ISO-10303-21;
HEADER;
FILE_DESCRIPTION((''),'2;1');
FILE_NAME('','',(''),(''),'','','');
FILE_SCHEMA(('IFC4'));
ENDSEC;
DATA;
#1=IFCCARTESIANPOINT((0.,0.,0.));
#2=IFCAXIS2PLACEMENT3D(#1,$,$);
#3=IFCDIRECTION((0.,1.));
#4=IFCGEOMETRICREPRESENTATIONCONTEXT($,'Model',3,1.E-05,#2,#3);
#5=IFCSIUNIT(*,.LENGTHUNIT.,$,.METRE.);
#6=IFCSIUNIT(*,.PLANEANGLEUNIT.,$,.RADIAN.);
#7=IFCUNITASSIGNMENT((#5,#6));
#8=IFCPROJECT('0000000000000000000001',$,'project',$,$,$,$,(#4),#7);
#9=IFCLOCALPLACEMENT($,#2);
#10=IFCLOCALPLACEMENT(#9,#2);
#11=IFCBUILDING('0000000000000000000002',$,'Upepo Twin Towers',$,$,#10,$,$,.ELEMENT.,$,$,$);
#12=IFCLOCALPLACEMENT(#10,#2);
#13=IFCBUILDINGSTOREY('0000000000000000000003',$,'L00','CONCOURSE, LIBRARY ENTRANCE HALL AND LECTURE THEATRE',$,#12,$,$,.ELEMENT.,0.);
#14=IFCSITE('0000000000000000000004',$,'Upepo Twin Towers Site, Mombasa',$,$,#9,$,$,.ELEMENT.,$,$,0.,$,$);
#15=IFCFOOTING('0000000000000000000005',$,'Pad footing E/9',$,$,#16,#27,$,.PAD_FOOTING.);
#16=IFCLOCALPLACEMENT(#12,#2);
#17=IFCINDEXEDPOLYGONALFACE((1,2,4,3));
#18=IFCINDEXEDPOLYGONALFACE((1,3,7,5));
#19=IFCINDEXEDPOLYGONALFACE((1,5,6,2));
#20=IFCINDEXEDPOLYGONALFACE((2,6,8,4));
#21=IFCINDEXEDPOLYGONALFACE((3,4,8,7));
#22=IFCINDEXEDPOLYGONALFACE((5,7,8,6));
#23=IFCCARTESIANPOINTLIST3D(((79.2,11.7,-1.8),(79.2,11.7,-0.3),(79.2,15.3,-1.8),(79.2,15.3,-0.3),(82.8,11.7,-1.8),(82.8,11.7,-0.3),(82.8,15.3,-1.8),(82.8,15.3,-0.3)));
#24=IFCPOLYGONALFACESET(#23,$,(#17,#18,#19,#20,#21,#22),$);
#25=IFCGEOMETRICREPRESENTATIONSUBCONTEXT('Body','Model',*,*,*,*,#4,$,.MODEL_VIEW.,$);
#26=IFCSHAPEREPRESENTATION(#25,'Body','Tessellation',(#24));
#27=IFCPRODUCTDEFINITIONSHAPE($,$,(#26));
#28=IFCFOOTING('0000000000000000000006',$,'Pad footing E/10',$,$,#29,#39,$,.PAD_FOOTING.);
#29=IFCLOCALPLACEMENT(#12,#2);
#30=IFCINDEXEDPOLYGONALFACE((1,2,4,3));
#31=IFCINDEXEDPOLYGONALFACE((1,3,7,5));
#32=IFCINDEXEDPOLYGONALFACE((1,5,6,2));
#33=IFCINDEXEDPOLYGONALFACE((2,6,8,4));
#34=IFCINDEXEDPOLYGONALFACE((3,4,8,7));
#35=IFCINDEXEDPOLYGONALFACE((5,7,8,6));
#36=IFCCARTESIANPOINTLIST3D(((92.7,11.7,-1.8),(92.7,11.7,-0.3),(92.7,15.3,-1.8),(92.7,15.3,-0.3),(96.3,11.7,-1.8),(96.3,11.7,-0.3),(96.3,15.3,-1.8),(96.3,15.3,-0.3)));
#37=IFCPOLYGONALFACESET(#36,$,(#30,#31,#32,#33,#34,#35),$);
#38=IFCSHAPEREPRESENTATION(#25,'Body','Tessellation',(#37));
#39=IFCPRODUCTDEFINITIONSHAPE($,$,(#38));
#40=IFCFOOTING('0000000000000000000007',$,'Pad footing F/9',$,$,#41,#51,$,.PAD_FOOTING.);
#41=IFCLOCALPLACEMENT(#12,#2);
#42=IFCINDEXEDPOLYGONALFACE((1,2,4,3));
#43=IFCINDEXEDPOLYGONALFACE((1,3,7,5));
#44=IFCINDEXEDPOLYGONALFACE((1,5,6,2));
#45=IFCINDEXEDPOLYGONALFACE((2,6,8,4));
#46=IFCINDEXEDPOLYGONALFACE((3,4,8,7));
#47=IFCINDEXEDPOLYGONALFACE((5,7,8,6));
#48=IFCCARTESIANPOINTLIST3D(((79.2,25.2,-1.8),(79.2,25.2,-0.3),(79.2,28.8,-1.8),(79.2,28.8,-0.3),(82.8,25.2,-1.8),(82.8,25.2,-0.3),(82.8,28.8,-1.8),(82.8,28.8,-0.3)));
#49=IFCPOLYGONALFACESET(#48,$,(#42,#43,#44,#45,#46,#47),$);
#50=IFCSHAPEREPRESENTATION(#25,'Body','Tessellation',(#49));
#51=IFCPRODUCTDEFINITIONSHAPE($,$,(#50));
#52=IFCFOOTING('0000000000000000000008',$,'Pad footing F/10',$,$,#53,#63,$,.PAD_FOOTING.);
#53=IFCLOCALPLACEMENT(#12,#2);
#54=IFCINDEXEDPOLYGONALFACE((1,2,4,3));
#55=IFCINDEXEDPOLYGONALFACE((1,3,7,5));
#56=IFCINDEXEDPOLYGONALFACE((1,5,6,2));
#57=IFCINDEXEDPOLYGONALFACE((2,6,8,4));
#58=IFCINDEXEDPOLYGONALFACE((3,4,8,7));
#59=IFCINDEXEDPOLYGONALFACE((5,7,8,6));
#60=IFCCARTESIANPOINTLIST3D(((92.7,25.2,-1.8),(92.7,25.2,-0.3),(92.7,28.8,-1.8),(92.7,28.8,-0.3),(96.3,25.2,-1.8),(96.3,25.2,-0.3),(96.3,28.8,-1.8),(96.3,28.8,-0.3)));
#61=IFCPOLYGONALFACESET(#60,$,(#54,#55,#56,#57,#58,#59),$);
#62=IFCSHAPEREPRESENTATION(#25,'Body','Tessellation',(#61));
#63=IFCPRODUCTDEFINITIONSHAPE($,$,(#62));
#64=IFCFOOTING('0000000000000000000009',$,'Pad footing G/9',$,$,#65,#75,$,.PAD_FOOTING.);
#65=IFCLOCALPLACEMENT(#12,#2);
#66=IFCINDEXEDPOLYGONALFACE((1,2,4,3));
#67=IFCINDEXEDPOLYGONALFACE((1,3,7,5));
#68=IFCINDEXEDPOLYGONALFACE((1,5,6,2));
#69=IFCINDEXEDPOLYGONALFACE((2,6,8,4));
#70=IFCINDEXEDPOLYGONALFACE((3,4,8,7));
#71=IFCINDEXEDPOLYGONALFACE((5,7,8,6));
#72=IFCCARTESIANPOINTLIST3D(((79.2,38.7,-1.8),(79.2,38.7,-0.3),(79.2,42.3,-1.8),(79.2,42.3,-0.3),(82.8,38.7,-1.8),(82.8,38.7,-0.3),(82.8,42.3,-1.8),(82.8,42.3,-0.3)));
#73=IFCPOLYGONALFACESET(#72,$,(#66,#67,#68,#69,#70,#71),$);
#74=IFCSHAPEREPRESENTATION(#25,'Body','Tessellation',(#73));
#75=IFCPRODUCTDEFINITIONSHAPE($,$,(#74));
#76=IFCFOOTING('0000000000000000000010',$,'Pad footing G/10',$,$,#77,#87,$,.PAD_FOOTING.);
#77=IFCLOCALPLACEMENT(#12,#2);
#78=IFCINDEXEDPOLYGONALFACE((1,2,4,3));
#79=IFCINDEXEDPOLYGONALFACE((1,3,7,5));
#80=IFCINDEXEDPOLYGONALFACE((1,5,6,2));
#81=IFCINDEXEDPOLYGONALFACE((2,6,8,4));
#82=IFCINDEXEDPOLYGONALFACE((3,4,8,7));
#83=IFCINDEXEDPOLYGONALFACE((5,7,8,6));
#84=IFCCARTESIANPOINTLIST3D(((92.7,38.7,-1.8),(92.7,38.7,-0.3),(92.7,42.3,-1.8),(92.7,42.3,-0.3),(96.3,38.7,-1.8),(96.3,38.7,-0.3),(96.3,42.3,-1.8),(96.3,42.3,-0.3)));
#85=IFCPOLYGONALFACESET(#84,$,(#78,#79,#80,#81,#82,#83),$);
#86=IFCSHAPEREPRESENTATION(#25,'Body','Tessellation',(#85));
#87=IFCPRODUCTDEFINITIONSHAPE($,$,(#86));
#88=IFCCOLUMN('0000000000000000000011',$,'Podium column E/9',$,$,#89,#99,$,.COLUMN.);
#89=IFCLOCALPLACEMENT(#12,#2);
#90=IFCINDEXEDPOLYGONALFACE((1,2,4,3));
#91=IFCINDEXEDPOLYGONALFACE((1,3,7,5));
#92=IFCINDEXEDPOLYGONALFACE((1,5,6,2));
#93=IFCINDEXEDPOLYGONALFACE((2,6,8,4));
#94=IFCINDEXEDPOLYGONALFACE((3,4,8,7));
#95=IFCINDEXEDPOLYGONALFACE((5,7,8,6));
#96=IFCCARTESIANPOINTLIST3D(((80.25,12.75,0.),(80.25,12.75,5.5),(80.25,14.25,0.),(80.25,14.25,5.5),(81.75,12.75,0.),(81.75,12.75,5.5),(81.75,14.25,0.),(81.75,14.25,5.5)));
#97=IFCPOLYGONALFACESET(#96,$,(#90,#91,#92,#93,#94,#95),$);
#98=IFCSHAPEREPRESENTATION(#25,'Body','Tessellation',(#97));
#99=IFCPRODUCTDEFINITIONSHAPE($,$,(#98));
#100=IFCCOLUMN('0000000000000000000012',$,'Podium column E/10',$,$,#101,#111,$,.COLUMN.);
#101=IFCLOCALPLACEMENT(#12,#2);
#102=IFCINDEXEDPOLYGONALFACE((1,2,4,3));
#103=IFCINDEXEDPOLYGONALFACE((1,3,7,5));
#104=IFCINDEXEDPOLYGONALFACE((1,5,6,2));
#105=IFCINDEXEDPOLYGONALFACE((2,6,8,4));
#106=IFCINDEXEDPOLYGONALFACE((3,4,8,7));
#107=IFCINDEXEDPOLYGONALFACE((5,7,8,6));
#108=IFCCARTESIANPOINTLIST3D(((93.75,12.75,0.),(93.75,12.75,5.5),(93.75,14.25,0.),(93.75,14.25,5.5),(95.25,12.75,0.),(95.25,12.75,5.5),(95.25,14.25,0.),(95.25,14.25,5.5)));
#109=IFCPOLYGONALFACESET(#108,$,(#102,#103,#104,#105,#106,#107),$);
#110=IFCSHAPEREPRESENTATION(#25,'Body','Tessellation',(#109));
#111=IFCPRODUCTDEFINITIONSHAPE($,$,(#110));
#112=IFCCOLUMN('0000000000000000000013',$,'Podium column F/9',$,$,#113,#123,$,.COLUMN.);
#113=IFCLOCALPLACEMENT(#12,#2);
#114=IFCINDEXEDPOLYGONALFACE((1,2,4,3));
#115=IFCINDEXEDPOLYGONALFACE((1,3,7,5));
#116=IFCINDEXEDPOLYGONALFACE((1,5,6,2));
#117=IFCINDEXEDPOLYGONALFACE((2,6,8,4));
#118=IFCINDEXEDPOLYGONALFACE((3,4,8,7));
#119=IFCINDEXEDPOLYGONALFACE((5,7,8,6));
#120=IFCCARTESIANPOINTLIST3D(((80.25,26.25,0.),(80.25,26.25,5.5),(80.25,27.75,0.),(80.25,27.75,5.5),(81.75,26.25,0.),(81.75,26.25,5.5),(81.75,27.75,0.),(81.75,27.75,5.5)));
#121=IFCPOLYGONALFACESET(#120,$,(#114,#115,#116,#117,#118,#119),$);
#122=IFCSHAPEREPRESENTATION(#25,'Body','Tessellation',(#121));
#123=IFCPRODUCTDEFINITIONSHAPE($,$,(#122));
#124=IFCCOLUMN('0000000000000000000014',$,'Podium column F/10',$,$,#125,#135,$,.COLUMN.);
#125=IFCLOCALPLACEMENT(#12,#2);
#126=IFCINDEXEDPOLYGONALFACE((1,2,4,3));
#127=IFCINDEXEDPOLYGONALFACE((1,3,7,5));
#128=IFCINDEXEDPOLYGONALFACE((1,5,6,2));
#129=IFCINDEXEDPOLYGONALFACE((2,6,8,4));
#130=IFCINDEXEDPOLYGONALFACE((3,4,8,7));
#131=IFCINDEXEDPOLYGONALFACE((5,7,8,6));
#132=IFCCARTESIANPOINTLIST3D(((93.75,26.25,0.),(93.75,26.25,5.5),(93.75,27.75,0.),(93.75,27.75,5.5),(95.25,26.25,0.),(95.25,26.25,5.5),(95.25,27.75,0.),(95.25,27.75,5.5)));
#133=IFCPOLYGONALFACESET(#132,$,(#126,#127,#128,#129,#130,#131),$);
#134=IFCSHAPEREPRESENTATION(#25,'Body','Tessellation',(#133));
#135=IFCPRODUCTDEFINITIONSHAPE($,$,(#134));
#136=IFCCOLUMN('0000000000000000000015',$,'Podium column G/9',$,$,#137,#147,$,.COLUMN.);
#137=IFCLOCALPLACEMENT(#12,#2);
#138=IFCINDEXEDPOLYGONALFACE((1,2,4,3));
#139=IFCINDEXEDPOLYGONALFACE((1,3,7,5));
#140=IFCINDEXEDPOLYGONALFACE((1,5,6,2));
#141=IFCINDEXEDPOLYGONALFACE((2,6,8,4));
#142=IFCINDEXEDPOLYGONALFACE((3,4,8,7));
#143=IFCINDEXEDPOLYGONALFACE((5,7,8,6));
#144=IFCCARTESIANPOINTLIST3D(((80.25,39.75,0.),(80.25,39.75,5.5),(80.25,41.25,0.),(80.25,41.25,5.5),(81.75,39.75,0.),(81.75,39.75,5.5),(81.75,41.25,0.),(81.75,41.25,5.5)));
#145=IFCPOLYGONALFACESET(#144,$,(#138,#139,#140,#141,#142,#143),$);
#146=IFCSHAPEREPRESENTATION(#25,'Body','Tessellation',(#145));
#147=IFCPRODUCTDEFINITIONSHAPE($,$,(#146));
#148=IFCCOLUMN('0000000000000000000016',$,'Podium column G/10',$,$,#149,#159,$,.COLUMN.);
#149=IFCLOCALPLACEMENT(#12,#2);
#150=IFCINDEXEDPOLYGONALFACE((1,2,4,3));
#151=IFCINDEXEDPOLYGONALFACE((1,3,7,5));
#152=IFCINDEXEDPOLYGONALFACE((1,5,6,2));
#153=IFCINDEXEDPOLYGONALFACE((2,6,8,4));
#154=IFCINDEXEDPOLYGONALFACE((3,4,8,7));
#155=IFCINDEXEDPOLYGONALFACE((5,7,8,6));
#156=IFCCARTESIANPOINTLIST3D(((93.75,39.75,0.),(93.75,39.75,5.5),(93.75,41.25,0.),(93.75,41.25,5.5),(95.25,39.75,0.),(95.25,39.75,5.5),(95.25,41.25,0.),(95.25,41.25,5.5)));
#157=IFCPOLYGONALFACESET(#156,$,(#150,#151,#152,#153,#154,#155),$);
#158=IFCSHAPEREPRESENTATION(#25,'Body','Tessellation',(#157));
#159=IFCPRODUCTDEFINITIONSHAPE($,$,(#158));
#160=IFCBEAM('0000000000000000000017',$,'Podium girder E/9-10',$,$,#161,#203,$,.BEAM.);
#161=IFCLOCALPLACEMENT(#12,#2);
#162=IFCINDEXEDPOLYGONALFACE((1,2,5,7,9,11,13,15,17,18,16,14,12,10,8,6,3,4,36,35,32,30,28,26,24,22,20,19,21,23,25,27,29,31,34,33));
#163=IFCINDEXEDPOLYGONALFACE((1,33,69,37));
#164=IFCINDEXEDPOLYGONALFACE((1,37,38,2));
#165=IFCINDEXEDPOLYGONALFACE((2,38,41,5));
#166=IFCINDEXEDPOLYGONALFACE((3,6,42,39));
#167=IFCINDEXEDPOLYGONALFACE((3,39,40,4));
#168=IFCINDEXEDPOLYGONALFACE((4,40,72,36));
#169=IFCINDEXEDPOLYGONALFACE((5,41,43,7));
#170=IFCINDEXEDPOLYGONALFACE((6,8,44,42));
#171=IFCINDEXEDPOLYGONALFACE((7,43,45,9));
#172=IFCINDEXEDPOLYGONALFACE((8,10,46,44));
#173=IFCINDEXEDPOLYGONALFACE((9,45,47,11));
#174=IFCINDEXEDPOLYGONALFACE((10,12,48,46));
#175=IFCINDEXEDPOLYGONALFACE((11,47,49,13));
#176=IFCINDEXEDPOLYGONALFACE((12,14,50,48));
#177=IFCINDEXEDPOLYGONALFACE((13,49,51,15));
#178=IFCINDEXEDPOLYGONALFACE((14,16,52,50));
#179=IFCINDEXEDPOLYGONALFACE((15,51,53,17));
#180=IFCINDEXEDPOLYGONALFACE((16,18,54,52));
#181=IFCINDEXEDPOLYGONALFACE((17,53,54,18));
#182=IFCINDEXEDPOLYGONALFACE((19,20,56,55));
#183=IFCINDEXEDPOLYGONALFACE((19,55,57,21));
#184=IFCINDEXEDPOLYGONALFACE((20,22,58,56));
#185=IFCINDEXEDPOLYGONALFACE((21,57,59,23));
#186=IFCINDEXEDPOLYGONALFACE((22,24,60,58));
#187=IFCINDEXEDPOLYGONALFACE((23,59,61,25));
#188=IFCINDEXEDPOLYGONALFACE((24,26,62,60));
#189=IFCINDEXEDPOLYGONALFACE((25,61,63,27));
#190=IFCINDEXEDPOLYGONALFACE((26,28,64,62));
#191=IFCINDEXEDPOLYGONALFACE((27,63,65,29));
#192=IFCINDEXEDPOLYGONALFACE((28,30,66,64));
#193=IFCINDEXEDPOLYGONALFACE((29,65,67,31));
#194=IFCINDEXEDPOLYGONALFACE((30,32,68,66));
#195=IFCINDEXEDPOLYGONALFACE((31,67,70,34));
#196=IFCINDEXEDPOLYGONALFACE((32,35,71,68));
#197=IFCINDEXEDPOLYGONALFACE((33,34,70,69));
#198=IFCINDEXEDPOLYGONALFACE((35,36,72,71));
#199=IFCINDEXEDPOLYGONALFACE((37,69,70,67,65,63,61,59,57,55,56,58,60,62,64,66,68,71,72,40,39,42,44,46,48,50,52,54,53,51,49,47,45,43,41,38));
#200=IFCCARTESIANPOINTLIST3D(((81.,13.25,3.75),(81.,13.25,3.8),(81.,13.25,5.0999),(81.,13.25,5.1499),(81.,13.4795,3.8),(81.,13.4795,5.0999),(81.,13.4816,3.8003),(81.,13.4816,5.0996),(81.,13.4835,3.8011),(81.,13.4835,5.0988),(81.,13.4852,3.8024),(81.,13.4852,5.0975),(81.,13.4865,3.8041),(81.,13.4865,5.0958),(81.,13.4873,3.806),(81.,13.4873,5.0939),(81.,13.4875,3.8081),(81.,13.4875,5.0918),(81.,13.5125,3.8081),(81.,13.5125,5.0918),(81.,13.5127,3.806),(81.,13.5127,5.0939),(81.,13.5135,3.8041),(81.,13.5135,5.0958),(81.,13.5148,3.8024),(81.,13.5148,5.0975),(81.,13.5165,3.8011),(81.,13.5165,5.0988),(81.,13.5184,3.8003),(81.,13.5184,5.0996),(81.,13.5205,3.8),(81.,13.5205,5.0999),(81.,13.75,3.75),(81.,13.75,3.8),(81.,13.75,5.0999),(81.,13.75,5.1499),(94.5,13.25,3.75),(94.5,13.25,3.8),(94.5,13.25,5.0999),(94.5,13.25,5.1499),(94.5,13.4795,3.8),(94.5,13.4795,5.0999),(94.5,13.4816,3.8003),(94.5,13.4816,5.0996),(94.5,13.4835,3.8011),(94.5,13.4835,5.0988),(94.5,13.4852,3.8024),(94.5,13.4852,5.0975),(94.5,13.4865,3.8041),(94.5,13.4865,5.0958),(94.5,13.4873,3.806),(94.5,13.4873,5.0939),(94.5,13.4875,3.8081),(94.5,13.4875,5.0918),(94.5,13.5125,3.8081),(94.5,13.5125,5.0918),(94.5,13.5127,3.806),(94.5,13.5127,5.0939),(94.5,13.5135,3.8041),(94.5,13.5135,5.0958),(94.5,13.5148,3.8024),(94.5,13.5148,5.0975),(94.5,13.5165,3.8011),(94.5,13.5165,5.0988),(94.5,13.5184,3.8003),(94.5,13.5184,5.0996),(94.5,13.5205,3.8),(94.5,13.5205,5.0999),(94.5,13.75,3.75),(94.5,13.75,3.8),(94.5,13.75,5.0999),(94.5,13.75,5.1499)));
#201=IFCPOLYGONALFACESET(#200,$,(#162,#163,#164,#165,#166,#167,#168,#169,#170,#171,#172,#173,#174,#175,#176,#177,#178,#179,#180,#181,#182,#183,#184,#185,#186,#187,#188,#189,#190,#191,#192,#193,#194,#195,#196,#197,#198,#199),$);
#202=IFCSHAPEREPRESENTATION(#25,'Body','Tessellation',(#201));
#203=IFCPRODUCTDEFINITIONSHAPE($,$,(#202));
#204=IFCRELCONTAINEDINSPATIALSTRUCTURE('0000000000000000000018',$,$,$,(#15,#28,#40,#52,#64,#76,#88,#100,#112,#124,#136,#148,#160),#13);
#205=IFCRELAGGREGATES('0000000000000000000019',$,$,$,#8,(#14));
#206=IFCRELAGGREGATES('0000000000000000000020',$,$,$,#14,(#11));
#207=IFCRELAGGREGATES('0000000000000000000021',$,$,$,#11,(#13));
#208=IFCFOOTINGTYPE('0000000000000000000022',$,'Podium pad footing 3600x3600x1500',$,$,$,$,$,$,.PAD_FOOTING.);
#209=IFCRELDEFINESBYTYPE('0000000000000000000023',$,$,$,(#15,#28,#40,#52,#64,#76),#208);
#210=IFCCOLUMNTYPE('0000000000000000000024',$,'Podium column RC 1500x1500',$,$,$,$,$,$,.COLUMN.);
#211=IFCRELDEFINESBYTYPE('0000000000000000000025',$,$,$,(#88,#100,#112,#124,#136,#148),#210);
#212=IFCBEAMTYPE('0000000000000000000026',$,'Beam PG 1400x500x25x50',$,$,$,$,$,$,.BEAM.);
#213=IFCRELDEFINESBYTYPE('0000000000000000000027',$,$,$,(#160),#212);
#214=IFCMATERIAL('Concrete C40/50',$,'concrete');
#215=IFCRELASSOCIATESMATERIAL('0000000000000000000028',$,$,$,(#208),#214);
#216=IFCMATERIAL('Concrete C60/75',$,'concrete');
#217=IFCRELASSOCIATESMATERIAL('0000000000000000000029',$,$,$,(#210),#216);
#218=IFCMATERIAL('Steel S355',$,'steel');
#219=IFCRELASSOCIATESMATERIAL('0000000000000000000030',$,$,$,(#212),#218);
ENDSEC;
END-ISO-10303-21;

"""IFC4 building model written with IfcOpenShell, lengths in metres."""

from ifc_helpers import new_model, si_unit, direction, frame, origin, origin_2d, place, context, subcontext, project, spatial, rectangle, i_section, extrude, material, material_profile, profile_set, type_object, element, save


model = new_model("IFC4")

# Units and contexts
model_context = context("Model", 3, precision=1e-05, world=origin(), true_north=direction((0.0, 1.0)))
body_context = subcontext(model_context, "Body", "Model", "MODEL_VIEW")
ifc_project = project(units=[si_unit("LENGTHUNIT", "METRE"), si_unit("PLANEANGLEUNIT", "RADIAN")], contexts=[model_context])

# Site, building, storey
site_placement = place(None, origin())
site = spatial("IfcSite", under=ifc_project, at=site_placement, Name="Upepo Twin Towers Site, Mombasa", CompositionType="ELEMENT", RefElevation=0.0)
building_placement = place(site_placement, origin())
building = spatial("IfcBuilding", under=site, at=building_placement, Name="Upepo Twin Towers", CompositionType="ELEMENT")
storey_placement = place(building_placement, origin())
storey = spatial("IfcBuildingStorey", under=building, at=storey_placement, Name="L00", Description="CONCOURSE, LIBRARY ENTRANCE HALL AND LECTURE THEATRE", CompositionType="ELEMENT", Elevation=0.0)

# Footings
ifc_material_1 = material(Name="Concrete C40/50", Category="concrete")
footing_type = type_object("IfcFootingType", Name="Podium pad footing 3600x3600x1500", PredefinedType="PAD_FOOTING", material=ifc_material_1)
for number, where, z_axis, x_axis, name in (
    (1, (81.0, 13.5, -1.8), (0.0, 0.0, 1.0), (1.0, 0.0, 0.0), "Pad footing E/9"),
    (2, (94.5, 13.5, -1.8), (0.0, 0.0, 1.0), (1.0, 0.0, 0.0), "Pad footing E/10"),
    (3, (81.0, 27.0, -1.8), (0.0, 0.0, 1.0), (1.0, 0.0, 0.0), "Pad footing F/9"),
    (4, (94.5, 27.0, -1.8), (0.0, 0.0, 1.0), (1.0, 0.0, 0.0), "Pad footing F/10"),
    (5, (81.0, 40.5, -1.8), (0.0, 0.0, 1.0), (1.0, 0.0, 0.0), "Pad footing G/9"),
    (6, (94.5, 40.5, -1.8), (0.0, 0.0, 1.0), (1.0, 0.0, 0.0), "Pad footing G/10"),
):
    element("IfcFooting", number, at=place(storey_placement, frame(where, z_axis=z_axis, x_axis=x_axis)), inside=storey, type_object=footing_type, Name=name, PredefinedType="PAD_FOOTING", context=body_context, shape_type="SweptSolid", body=[
        extrude(rectangle(XDim=3.6001, YDim=3.6001, at=origin_2d()), origin(), (0.0, 0.0, 1.0), 1.5),
    ])

# Columns
ifc_material_2 = material(Name="Concrete C60/75", Category="concrete")
ifc_material_profile_1 = material_profile(ifc_material_2, rectangle(XDim=1.5, YDim=1.5, at=origin_2d()), Name="RC 1500x1500")
ifc_profile_set_1 = profile_set([ifc_material_profile_1], Name="Concrete C60/75")
column_type = type_object("IfcColumnType", Name="Podium column RC 1500x1500", PredefinedType="COLUMN", material=ifc_profile_set_1)
for number, where, z_axis, x_axis, name in (
    (7, (81.0, 13.5, 0.0), (0.0, 0.0, 1.0), (1.0, 0.0, 0.0), "Podium column E/9"),
    (8, (94.5, 13.5, 0.0), (0.0, 0.0, 1.0), (1.0, 0.0, 0.0), "Podium column E/10"),
    (9, (81.0, 27.0, 0.0), (0.0, 0.0, 1.0), (1.0, 0.0, 0.0), "Podium column F/9"),
    (10, (94.5, 27.0, 0.0), (0.0, 0.0, 1.0), (1.0, 0.0, 0.0), "Podium column F/10"),
    (11, (81.0, 40.5, 0.0), (0.0, 0.0, 1.0), (1.0, 0.0, 0.0), "Podium column G/9"),
    (12, (94.5, 40.5, 0.0), (0.0, 0.0, 1.0), (1.0, 0.0, 0.0), "Podium column G/10"),
):
    element("IfcColumn", number, at=place(storey_placement, frame(where, z_axis=z_axis, x_axis=x_axis)), inside=storey, type_object=column_type, Name=name, PredefinedType="COLUMN", context=body_context, shape_type="SweptSolid", body=[
        extrude(rectangle(XDim=1.5, YDim=1.5, at=origin_2d()), origin(), (0.0, 0.0, 1.0), 5.5),
    ])

# Beam
ifc_material_3 = material(Name="Steel S355", Category="steel")
ifc_material_profile_2 = material_profile(ifc_material_3, i_section(OverallWidth=0.5, OverallDepth=1.3999, WebThickness=0.0249, FlangeThickness=0.05, FilletRadius=0.0081, at=origin_2d()), Name="PG 1400x500x25x50")
ifc_profile_set_2 = profile_set([ifc_material_profile_2], Name="Steel S355")
beam_type_1 = type_object("IfcBeamType", Name="Beam PG 1400x500x25x50", PredefinedType="BEAM", material=ifc_profile_set_2)
for number, where, z_axis, x_axis, name in (
    (13, (81.0, 13.5, 4.45), (1.0, 0.0, 0.0), (0.0, 1.0, 0.0), "Podium girder E/9-10"),
):
    element("IfcBeam", number, at=place(storey_placement, frame(where, z_axis=z_axis, x_axis=x_axis)), inside=storey, type_object=beam_type_1, Name=name, PredefinedType="BEAM", context=body_context, shape_type="SweptSolid", body=[
        extrude(i_section(OverallWidth=0.5, OverallDepth=1.3999, WebThickness=0.0249, FlangeThickness=0.05, FilletRadius=0.0081, at=origin_2d()), origin(), (0.0, 0.0, 1.0), 13.5),
    ])

save(model, "model.ifc")
